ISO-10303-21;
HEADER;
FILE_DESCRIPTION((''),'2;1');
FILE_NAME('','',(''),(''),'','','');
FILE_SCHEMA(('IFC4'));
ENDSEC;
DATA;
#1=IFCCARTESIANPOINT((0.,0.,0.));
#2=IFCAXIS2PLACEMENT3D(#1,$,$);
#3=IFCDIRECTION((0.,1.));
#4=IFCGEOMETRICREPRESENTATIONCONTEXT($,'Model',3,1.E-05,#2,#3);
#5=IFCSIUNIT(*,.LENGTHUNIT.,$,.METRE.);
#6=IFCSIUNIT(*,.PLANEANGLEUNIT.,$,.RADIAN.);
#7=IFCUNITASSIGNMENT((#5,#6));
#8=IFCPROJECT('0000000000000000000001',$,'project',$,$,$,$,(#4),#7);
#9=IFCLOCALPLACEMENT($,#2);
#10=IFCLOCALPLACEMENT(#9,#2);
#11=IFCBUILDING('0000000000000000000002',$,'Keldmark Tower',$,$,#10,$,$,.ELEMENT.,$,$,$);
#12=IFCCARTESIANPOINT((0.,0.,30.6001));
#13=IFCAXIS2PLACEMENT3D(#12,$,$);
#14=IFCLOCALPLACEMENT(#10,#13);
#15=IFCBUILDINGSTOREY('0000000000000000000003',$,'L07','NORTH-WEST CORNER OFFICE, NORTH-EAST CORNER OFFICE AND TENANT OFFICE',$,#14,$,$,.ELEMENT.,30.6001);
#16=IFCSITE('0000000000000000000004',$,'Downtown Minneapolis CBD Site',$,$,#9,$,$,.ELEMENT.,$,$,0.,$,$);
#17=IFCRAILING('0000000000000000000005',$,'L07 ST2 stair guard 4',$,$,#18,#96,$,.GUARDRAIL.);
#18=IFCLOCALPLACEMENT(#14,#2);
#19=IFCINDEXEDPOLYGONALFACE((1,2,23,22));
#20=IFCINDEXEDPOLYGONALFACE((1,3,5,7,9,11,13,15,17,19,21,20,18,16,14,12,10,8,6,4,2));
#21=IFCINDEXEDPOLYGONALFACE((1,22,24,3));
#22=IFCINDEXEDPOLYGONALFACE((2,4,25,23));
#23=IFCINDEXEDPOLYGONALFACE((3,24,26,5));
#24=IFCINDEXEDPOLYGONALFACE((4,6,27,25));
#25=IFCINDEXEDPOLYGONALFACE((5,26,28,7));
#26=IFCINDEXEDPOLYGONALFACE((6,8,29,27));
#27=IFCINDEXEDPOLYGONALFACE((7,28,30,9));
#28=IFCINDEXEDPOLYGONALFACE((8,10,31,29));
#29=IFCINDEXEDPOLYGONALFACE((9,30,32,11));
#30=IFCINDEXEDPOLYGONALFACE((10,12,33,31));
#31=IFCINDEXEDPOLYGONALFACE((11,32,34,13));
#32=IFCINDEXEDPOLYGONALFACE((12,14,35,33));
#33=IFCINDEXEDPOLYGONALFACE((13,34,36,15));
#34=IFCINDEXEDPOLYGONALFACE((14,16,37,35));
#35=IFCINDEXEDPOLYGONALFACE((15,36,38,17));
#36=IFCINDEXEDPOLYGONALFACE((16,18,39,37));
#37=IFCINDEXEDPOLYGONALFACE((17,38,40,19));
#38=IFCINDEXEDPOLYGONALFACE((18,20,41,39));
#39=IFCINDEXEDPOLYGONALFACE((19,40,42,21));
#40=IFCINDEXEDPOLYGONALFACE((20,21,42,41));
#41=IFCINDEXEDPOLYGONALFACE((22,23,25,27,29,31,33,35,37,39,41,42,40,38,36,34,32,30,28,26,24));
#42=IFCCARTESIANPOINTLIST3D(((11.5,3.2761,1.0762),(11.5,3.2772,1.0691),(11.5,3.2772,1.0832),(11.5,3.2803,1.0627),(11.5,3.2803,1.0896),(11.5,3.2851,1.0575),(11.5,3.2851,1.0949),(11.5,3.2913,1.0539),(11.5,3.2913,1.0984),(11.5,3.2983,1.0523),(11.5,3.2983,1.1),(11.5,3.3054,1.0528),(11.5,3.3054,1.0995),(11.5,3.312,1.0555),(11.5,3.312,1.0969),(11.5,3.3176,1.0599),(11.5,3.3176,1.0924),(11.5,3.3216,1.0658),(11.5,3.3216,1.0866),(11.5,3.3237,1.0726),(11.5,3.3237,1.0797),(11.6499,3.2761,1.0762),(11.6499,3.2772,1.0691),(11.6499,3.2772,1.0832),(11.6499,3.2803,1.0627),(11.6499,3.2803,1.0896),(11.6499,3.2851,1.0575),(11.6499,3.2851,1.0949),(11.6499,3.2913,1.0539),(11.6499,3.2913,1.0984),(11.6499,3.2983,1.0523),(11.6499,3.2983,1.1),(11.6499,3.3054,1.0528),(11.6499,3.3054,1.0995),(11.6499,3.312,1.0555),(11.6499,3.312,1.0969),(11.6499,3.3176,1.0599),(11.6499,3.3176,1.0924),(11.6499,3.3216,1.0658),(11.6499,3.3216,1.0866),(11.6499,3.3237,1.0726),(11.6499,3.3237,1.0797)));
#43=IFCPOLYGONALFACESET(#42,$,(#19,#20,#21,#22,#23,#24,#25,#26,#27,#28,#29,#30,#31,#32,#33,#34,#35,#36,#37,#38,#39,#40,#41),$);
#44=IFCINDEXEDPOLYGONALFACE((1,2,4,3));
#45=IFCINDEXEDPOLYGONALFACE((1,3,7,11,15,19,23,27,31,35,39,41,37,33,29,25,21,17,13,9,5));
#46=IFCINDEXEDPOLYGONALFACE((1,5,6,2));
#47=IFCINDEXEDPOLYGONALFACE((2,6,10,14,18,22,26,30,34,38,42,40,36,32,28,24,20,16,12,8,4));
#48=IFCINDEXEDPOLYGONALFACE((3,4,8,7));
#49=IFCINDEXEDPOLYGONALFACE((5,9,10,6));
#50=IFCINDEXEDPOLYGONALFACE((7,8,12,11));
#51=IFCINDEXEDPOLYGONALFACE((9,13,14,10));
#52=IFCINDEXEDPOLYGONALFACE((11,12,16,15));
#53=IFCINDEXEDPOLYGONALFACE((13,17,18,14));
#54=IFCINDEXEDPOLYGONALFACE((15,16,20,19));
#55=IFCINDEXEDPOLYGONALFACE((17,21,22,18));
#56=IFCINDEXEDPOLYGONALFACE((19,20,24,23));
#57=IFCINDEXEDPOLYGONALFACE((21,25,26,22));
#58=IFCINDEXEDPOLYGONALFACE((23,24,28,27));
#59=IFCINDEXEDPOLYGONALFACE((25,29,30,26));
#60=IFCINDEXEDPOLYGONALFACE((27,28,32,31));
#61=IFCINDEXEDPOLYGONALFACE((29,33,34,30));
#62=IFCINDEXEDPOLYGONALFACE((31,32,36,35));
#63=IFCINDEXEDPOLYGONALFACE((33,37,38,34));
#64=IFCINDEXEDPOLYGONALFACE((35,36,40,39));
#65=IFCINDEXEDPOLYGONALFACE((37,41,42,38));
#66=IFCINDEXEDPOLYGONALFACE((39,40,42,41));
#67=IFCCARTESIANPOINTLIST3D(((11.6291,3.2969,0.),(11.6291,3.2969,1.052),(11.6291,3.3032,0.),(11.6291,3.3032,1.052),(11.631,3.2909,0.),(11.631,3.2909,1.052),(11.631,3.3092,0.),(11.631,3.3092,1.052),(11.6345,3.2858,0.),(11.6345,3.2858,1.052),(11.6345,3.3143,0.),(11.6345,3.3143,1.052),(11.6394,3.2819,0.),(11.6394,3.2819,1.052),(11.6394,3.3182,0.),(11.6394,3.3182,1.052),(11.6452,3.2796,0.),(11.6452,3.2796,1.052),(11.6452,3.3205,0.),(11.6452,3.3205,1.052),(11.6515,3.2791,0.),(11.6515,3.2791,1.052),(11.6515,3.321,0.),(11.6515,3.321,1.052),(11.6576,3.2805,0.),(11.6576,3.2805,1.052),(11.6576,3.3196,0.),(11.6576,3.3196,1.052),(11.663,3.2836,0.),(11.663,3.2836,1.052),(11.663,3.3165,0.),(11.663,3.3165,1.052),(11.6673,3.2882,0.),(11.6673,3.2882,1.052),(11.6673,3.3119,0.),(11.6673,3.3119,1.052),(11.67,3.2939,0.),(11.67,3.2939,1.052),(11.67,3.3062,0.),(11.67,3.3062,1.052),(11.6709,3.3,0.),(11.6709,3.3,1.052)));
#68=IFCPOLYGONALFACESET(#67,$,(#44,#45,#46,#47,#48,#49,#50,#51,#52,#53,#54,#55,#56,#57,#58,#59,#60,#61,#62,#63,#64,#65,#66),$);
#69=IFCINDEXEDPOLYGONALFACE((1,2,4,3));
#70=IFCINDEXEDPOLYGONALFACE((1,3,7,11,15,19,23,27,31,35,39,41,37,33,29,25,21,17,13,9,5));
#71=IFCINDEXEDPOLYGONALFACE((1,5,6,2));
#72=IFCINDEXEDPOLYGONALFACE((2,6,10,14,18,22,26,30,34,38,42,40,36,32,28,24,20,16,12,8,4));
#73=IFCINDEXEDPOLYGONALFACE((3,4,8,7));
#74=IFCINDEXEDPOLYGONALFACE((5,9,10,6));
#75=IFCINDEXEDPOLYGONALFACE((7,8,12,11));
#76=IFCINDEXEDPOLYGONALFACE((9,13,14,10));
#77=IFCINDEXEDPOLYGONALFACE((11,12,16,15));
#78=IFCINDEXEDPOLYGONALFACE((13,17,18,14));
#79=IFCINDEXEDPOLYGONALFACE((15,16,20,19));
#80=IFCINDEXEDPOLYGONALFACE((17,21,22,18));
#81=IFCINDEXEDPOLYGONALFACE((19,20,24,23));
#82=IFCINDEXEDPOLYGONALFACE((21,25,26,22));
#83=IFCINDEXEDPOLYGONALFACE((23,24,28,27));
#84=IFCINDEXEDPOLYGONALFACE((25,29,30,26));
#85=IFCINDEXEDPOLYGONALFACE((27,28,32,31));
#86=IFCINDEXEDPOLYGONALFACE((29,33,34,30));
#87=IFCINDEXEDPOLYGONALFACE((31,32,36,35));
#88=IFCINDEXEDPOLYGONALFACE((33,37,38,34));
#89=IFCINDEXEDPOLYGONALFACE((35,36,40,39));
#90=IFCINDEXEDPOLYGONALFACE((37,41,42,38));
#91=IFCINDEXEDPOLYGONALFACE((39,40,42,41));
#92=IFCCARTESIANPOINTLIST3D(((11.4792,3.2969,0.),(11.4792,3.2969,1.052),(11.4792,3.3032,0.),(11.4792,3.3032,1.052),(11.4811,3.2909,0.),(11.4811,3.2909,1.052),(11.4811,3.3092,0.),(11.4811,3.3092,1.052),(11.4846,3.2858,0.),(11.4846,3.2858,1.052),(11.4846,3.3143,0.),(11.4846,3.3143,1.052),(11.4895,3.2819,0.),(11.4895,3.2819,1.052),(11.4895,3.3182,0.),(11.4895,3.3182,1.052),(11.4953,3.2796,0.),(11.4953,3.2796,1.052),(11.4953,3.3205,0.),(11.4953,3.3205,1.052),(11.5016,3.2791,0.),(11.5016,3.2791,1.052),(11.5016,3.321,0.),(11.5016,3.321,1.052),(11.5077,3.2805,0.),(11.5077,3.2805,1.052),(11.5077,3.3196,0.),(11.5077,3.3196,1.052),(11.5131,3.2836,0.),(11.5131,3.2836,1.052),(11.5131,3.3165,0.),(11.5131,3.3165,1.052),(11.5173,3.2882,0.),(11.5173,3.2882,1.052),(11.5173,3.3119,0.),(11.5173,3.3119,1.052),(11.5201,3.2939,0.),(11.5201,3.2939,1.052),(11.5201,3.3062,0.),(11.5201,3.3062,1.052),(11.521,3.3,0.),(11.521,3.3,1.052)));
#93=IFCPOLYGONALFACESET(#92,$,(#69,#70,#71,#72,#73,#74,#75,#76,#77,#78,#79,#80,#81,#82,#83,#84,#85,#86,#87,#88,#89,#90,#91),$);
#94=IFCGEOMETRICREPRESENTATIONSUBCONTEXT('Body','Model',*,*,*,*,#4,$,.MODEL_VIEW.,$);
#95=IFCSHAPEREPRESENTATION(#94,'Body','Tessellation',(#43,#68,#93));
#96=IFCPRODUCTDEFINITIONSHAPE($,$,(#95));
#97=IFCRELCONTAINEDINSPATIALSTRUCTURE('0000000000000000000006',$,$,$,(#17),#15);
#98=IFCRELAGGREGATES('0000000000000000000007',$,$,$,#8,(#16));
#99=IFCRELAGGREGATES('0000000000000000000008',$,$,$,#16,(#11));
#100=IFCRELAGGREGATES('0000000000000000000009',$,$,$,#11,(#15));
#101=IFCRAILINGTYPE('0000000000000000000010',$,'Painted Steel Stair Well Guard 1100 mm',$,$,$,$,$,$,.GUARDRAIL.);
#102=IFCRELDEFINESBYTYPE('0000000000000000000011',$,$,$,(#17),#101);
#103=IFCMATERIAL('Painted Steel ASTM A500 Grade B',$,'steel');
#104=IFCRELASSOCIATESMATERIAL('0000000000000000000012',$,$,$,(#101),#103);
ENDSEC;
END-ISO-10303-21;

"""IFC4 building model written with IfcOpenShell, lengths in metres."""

from ifc_helpers import new_model, si_unit, direction, frame, origin, origin_2d, place, context, subcontext, project, spatial, circle, extrude, material, type_object, element, save


model = new_model("IFC4")

# Units and contexts
model_context = context("Model", 3, precision=1e-05, world=origin(), true_north=direction((0.0, 1.0)))
body_context = subcontext(model_context, "Body", "Model", "MODEL_VIEW")
ifc_project = project(units=[si_unit("LENGTHUNIT", "METRE"), si_unit("PLANEANGLEUNIT", "RADIAN")], contexts=[model_context])

# Site, building, storey
site_placement = place(None, origin())
site = spatial("IfcSite", under=ifc_project, at=site_placement, Name="Downtown Minneapolis CBD Site", CompositionType="ELEMENT", RefElevation=0.0)
building_placement = place(site_placement, origin())
building = spatial("IfcBuilding", under=site, at=building_placement, Name="Keldmark Tower", CompositionType="ELEMENT")
storey_placement = place(building_placement, frame((0.0, 0.0, 30.6001)))
storey = spatial("IfcBuildingStorey", under=building, at=storey_placement, Name="L07", Description="NORTH-WEST CORNER OFFICE, NORTH-EAST CORNER OFFICE AND TENANT OFFICE", CompositionType="ELEMENT", Elevation=30.6001)

# Railing
ifc_material_1 = material(Name="Painted Steel ASTM A500 Grade B", Category="steel")
railing_type_1 = type_object("IfcRailingType", Name="Painted Steel Stair Well Guard 1100 mm", PredefinedType="GUARDRAIL", material=ifc_material_1)
railing_1_placement = place(storey_placement, frame((11.6499, 3.3, 0.0)))
element("IfcRailing", 1, at=railing_1_placement, inside=storey, type_object=railing_type_1, Name="L07 ST2 stair guard 4", PredefinedType="GUARDRAIL", context=body_context, shape_type="SweptSolid", body=[
    extrude(circle(Radius=0.0239, at=origin_2d()), frame((0.0, 0.0, 1.0762), z_axis=(-1.0, 0.0, 0.0), x_axis=(0.0, -1.0, 0.0)), (0.0, 0.0, 1.0), 0.1499),
    extrude(circle(Radius=0.021, at=origin_2d()), origin(), (0.0, 0.0, 1.0), 1.052),
    extrude(circle(Radius=0.021, at=origin_2d()), frame((-0.1499, 0.0, 0.0)), (0.0, 0.0, 1.0), 1.052),
])

save(model, "model.ifc")
